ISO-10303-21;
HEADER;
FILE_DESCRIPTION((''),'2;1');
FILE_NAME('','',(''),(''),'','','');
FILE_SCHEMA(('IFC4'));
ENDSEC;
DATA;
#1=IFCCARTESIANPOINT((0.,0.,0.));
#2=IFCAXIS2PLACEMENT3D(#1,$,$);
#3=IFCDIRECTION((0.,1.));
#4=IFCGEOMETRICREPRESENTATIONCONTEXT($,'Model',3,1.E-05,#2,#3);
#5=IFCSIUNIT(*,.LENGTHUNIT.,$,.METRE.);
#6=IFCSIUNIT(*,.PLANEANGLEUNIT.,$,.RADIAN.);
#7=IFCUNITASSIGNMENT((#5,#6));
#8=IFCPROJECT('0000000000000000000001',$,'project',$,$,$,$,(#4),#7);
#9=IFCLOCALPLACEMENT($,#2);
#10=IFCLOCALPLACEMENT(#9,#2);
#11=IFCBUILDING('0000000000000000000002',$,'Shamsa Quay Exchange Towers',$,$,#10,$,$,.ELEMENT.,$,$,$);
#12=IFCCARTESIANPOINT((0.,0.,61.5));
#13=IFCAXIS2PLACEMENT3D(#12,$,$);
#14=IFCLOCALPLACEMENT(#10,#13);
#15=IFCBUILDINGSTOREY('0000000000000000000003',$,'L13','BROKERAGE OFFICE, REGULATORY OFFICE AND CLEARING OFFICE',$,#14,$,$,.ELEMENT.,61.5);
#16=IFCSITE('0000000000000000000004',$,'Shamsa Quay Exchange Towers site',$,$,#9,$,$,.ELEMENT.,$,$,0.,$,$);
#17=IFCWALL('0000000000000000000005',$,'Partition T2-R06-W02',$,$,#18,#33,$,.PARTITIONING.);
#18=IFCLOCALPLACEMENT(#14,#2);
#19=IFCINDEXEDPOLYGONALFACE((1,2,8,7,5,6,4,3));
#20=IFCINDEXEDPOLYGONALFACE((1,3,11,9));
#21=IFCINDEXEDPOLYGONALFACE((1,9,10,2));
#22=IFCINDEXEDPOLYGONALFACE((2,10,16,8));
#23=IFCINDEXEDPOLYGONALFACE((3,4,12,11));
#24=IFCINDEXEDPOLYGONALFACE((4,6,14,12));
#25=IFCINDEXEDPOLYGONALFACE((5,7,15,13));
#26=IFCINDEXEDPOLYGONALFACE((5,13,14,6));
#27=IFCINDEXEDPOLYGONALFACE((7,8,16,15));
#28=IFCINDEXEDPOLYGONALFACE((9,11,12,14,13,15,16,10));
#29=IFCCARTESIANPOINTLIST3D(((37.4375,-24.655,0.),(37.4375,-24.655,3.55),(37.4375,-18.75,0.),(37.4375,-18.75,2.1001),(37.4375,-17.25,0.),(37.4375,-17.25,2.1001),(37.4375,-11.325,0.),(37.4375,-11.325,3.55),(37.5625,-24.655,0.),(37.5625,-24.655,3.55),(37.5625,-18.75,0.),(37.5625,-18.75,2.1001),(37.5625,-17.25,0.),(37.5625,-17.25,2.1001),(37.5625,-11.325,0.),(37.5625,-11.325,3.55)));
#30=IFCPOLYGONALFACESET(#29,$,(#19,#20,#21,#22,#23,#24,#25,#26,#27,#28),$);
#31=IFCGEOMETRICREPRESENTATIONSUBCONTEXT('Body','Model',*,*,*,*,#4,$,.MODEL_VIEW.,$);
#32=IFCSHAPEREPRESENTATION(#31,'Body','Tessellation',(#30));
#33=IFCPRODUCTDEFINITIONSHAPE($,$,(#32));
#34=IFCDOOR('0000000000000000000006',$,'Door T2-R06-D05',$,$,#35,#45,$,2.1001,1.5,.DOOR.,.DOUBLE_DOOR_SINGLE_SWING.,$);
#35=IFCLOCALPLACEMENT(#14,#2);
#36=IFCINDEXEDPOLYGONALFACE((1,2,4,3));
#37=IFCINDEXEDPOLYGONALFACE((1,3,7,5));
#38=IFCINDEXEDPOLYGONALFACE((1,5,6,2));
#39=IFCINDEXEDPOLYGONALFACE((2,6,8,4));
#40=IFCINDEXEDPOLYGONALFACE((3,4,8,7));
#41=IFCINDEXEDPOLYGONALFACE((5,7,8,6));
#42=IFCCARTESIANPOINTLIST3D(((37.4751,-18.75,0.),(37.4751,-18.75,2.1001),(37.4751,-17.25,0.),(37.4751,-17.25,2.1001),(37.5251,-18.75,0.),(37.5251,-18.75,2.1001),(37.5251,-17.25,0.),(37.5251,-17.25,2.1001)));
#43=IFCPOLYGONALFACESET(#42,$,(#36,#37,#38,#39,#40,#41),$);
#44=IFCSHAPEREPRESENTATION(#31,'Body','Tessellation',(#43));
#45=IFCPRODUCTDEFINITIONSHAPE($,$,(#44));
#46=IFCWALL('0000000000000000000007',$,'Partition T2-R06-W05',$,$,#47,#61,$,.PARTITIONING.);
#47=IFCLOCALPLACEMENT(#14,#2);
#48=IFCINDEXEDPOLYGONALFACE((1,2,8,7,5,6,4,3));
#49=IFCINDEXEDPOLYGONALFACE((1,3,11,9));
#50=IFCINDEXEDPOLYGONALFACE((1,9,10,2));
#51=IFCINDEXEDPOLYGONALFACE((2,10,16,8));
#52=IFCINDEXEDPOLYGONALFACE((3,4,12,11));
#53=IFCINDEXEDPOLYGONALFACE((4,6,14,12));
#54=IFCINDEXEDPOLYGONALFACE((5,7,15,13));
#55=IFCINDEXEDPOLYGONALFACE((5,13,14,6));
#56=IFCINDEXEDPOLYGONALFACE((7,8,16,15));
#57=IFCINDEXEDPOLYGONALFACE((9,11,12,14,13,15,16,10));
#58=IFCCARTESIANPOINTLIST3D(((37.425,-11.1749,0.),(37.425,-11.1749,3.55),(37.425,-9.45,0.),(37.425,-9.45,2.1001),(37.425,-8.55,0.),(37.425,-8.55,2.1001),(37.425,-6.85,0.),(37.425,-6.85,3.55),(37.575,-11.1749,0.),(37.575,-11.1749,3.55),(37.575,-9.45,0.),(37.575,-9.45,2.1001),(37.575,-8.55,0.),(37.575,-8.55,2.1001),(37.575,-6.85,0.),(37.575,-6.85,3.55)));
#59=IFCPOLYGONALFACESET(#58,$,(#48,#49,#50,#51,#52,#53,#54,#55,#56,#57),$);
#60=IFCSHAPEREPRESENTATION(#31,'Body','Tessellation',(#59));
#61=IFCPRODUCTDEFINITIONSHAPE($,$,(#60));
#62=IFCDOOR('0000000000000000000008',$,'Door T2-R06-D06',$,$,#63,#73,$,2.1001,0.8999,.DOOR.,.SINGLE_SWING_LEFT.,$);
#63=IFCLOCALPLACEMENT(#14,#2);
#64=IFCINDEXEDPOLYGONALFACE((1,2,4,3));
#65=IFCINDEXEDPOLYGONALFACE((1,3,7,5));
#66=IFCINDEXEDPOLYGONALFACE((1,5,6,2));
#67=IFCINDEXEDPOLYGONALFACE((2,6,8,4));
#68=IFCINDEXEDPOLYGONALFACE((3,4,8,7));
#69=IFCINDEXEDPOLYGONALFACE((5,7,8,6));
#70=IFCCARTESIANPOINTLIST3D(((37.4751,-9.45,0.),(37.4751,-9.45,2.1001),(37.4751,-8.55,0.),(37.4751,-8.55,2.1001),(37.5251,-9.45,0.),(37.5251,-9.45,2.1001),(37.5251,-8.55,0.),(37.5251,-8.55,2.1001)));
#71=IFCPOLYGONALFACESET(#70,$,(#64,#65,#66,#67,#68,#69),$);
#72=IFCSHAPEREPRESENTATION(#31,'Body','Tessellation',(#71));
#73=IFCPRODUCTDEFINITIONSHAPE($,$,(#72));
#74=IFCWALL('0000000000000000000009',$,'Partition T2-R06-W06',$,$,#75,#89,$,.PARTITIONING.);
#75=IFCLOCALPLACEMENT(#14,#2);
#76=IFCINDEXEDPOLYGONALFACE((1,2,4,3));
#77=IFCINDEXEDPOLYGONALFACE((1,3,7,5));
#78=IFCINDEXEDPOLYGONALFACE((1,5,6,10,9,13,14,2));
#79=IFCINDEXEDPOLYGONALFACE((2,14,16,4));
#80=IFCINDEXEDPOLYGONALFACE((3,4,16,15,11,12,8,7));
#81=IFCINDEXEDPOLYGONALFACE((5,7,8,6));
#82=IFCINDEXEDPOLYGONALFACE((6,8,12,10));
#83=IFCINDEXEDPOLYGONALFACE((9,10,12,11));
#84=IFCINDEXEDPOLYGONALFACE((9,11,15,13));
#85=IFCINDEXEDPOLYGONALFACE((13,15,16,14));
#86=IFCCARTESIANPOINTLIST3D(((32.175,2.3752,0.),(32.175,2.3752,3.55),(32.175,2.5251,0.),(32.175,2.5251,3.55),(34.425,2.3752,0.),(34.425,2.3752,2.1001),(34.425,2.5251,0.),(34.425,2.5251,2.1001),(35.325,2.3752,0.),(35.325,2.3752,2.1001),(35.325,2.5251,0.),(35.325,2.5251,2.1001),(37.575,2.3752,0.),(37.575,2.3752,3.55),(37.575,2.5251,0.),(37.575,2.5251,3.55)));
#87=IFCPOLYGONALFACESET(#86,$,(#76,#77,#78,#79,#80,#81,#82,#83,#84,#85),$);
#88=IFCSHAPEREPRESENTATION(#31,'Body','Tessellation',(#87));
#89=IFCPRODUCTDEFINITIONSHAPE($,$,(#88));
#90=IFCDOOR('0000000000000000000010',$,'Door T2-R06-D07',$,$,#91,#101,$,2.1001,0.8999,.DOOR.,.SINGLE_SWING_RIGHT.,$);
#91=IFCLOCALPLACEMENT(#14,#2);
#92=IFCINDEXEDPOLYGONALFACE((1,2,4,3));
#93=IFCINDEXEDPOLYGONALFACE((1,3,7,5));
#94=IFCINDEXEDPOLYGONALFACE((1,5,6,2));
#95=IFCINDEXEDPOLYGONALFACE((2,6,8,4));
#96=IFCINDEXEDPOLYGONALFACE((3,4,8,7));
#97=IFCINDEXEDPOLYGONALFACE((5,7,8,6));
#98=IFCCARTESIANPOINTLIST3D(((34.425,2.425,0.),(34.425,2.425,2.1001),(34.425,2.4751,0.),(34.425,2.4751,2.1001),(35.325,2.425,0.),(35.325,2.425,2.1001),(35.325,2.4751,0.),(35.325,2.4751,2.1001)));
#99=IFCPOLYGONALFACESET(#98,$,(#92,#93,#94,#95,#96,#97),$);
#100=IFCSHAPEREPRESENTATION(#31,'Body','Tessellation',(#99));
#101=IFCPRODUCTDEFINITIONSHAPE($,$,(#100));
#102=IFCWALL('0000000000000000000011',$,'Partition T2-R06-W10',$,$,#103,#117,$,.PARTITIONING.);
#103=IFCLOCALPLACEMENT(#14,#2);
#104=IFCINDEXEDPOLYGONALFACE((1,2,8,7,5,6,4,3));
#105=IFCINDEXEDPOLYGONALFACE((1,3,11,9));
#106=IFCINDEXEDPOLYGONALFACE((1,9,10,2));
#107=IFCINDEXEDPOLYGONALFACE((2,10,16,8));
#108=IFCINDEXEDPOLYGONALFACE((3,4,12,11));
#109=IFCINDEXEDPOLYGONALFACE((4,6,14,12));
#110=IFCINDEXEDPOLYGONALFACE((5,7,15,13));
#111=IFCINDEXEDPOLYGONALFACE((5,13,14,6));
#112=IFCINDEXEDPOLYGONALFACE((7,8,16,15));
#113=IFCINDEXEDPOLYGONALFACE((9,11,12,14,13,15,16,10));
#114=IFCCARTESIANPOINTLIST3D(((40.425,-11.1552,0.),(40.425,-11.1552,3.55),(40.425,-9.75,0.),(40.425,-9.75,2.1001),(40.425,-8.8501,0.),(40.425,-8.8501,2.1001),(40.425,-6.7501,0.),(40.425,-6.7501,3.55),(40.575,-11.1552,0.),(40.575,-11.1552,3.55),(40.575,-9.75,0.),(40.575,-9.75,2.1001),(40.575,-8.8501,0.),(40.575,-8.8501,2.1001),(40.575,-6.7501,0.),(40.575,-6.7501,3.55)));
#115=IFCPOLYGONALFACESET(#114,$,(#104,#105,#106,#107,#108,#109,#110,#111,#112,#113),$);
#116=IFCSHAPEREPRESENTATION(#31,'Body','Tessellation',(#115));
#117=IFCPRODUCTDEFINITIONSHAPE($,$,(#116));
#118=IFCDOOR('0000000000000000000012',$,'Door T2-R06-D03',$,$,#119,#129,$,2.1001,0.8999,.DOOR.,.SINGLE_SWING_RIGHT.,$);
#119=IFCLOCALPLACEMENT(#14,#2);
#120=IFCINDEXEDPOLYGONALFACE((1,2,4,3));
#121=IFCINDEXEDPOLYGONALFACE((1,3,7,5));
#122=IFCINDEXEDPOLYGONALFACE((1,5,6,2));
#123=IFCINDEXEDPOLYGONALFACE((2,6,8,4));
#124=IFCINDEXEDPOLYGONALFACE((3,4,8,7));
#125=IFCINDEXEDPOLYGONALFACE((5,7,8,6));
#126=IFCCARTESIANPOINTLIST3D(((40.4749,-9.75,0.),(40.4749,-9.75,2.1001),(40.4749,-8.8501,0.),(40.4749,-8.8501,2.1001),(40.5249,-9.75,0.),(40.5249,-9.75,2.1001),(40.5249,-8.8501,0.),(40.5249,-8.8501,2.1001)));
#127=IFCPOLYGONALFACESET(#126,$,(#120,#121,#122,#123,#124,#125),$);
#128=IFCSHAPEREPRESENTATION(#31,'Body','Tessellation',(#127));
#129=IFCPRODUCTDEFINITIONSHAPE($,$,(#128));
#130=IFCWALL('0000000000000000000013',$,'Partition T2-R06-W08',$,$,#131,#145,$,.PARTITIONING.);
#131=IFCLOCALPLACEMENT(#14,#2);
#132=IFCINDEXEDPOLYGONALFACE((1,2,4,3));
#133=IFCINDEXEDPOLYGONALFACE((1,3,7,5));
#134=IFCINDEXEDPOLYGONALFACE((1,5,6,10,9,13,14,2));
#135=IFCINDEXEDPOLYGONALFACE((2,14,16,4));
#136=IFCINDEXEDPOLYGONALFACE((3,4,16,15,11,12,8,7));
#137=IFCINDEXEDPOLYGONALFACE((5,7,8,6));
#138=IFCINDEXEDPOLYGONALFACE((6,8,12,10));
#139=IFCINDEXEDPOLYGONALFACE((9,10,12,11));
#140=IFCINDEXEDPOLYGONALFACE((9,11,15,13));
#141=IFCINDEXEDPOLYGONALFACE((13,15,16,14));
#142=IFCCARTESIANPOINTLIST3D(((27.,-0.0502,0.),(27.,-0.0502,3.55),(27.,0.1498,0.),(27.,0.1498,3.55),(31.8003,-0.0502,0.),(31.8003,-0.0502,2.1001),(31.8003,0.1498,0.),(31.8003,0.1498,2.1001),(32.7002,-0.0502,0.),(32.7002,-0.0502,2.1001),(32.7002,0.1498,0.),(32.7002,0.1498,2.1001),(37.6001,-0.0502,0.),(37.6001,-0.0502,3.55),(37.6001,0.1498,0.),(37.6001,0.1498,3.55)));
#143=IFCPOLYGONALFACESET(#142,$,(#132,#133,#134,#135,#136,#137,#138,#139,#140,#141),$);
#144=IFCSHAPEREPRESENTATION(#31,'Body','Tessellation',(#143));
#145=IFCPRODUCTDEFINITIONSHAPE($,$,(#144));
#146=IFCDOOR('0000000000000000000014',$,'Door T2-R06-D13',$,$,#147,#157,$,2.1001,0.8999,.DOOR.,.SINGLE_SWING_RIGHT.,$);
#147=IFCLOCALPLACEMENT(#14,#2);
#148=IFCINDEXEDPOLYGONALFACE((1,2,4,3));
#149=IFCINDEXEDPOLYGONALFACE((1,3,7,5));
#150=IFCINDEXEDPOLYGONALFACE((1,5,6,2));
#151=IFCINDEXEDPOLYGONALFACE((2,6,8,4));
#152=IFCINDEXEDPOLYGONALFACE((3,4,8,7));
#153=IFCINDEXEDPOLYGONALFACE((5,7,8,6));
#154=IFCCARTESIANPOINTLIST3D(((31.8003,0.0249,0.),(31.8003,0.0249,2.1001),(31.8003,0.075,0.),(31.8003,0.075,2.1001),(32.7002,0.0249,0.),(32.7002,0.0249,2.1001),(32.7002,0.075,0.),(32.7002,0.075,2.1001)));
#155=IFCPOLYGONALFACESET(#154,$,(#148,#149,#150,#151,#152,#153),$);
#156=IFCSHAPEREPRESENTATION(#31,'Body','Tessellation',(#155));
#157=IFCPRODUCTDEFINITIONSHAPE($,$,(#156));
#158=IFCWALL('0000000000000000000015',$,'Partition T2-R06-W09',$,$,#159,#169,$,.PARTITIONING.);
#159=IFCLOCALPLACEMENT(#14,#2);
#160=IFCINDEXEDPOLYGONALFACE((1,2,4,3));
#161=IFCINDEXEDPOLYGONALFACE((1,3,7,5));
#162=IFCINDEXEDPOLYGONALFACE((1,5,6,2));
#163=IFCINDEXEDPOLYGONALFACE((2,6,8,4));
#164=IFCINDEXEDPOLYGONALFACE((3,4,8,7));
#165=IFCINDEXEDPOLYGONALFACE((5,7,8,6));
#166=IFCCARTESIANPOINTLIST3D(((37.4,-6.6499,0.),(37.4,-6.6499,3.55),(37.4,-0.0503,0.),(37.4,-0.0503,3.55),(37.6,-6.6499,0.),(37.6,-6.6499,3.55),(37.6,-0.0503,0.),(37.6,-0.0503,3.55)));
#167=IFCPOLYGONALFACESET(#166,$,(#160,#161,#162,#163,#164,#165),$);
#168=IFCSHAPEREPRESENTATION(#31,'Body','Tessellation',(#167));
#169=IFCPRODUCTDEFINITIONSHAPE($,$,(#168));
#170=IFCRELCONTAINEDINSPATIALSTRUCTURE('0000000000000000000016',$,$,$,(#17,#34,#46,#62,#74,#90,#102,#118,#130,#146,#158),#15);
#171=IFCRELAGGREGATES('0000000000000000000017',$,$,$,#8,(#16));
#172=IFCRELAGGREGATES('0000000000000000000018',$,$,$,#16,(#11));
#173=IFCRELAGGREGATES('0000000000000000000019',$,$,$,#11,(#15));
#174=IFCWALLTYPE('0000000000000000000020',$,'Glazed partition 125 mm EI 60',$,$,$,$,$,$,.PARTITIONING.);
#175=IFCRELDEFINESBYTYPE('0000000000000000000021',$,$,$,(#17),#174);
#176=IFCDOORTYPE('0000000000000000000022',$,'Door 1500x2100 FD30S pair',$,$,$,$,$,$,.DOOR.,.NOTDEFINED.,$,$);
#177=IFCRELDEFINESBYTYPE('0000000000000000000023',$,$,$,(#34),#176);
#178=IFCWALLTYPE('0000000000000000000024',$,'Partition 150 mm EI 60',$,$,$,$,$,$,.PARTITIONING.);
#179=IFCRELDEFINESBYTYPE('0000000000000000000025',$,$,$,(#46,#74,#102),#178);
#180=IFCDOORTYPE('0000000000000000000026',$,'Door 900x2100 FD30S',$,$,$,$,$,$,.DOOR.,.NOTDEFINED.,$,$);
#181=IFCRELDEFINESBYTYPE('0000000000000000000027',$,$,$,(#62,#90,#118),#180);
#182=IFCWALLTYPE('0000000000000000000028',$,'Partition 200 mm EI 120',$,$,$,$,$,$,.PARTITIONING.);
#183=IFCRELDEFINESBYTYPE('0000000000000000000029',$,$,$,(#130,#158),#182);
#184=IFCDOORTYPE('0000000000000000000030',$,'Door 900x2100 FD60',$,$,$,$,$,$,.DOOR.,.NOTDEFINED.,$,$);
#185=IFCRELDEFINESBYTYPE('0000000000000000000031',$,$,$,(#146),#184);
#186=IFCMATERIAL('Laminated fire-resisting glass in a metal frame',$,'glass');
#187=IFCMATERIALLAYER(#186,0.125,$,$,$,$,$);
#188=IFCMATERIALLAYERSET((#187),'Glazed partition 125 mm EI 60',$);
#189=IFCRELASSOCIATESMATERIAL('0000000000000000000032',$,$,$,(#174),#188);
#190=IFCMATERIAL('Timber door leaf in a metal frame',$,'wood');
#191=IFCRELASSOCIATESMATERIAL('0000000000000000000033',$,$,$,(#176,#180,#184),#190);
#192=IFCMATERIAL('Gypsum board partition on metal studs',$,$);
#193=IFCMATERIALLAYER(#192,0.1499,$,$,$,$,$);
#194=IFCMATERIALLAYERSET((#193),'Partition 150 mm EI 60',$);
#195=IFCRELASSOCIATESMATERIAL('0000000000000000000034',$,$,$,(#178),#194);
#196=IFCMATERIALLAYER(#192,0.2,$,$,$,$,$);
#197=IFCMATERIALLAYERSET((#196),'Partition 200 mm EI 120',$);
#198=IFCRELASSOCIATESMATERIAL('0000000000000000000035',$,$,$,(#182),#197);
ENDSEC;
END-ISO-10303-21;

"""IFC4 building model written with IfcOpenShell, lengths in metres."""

from ifc_helpers import new_model, si_unit, direction, frame, frame_2d, origin, place, context, subcontext, project, spatial, rectangle, extrude, material, layer, layer_set, type_object, element, fill, save


model = new_model("IFC4")

# Units and contexts
model_context = context("Model", 3, precision=1e-05, world=origin(), true_north=direction((0.0, 1.0)))
body_context = subcontext(model_context, "Body", "Model", "MODEL_VIEW")
ifc_project = project(units=[si_unit("LENGTHUNIT", "METRE"), si_unit("PLANEANGLEUNIT", "RADIAN")], contexts=[model_context])

# Site, building, storey
site_placement = place(None, origin())
site = spatial("IfcSite", under=ifc_project, at=site_placement, Name="Shamsa Quay Exchange Towers site", CompositionType="ELEMENT", RefElevation=0.0)
building_placement = place(site_placement, origin())
building = spatial("IfcBuilding", under=site, at=building_placement, Name="Shamsa Quay Exchange Towers", CompositionType="ELEMENT")
storey_placement = place(building_placement, frame((0.0, 0.0, 61.5)))
storey = spatial("IfcBuildingStorey", under=building, at=storey_placement, Name="L13", Description="BROKERAGE OFFICE, REGULATORY OFFICE AND CLEARING OFFICE", CompositionType="ELEMENT", Elevation=61.5)

# Walls, openings, doors
ifc_material_1 = material(Name="Laminated fire-resisting glass in a metal frame", Category="glass")
ifc_layer_1 = layer(ifc_material_1, 0.125)
ifc_layer_set_1 = layer_set([ifc_layer_1], Name="Glazed partition 125 mm EI 60")
wall_type_1 = type_object("IfcWallType", Name="Glazed partition 125 mm EI 60", PredefinedType="PARTITIONING", material=ifc_layer_set_1)
wall_1_placement = place(storey_placement, frame((37.5, -24.655, 0.0), z_axis=(0.0, 0.0, 1.0), x_axis=(0.0, 1.0, 0.0)))
wall_1 = element("IfcWall", 1, at=wall_1_placement, inside=storey, type_object=wall_type_1, Name="Partition T2-R06-W02", PredefinedType="PARTITIONING", context=body_context, shape_type="SweptSolid", body=[
    extrude(rectangle(XDim=13.3301, YDim=0.125, at=frame_2d((6.665, 0.0))), origin(), (0.0, 0.0, 1.0), 3.55),
])
opening_1_placement = place(wall_1_placement, frame((5.905, 0.0, 0.0)))
opening_1 = element("IfcOpeningElement", 2, at=opening_1_placement, cuts=wall_1, PredefinedType="OPENING", context=body_context, shape_type="SweptSolid", body=[
    extrude(rectangle(XDim=1.5, YDim=2.1001, at=frame_2d((0.75, 1.05))), frame((0.0, 0.0725, 0.0), z_axis=(0.0, -1.0, 0.0), x_axis=(1.0, 0.0, 0.0)), (0.0, 0.0, 1.0), 0.145),
])
ifc_material_2 = material(Name="Timber door leaf in a metal frame", Category="wood")
door_type_1 = type_object("IfcDoorType", Name="Door 1500x2100 FD30S pair", OperationType="NOTDEFINED", PredefinedType="DOOR", material=ifc_material_2)
door_1_placement = place(opening_1_placement, origin())
door_1 = element("IfcDoor", 3, at=door_1_placement, inside=storey, type_object=door_type_1, Name="Door T2-R06-D05", OperationType="DOUBLE_DOOR_SINGLE_SWING", OverallHeight=2.1001, OverallWidth=1.5, PredefinedType="DOOR", context=body_context, shape_type="SweptSolid", body=[
    extrude(rectangle(XDim=1.5, YDim=2.1001, at=frame_2d((0.75, 1.05))), frame((0.0, 0.0249, 0.0), z_axis=(0.0, -1.0, 0.0), x_axis=(1.0, 0.0, 0.0)), (0.0, 0.0, 1.0), 0.05),
])
fill(opening_1, door_1)
ifc_material_3 = material(Name="Gypsum board partition on metal studs")
ifc_layer_2 = layer(ifc_material_3, 0.1499)
ifc_layer_set_2 = layer_set([ifc_layer_2], Name="Partition 150 mm EI 60")
wall_type_2 = type_object("IfcWallType", Name="Partition 150 mm EI 60", PredefinedType="PARTITIONING", material=ifc_layer_set_2)
wall_2_placement = place(storey_placement, frame((37.5, -11.175, 0.0), z_axis=(0.0, 0.0, 1.0), x_axis=(0.0, 1.0, 0.0)))
wall_2 = element("IfcWall", 4, at=wall_2_placement, inside=storey, type_object=wall_type_2, Name="Partition T2-R06-W05", PredefinedType="PARTITIONING", context=body_context, shape_type="SweptSolid", body=[
    extrude(rectangle(XDim=4.325, YDim=0.1499, at=frame_2d((2.1626, 0.0))), origin(), (0.0, 0.0, 1.0), 3.55),
])
opening_2_placement = place(wall_2_placement, frame((1.7251, 0.0, 0.0)))
opening_2 = element("IfcOpeningElement", 5, at=opening_2_placement, cuts=wall_2, PredefinedType="OPENING", context=body_context, shape_type="SweptSolid", body=[
    extrude(rectangle(XDim=0.8999, YDim=2.1001, at=frame_2d((0.45, 1.05))), frame((0.0, 0.085, 0.0), z_axis=(0.0, -1.0, 0.0), x_axis=(1.0, 0.0, 0.0)), (0.0, 0.0, 1.0), 0.1699),
])
door_type_2 = type_object("IfcDoorType", Name="Door 900x2100 FD30S", OperationType="NOTDEFINED", PredefinedType="DOOR", material=ifc_material_2)
door_2_placement = place(opening_2_placement, origin())
door_2 = element("IfcDoor", 6, at=door_2_placement, inside=storey, type_object=door_type_2, Name="Door T2-R06-D06", OperationType="SINGLE_SWING_LEFT", OverallHeight=2.1001, OverallWidth=0.8999, PredefinedType="DOOR", context=body_context, shape_type="SweptSolid", body=[
    extrude(rectangle(XDim=0.8999, YDim=2.1001, at=frame_2d((0.45, 1.05))), frame((0.0, 0.0249, 0.0), z_axis=(0.0, -1.0, 0.0), x_axis=(1.0, 0.0, 0.0)), (0.0, 0.0, 1.0), 0.05),
])
fill(opening_2, door_2)
wall_3_placement = place(storey_placement, frame((32.175, 2.4502, 0.0)))
wall_3 = element("IfcWall", 7, at=wall_3_placement, inside=storey, type_object=wall_type_2, Name="Partition T2-R06-W06", PredefinedType="PARTITIONING", context=body_context, shape_type="SweptSolid", body=[
    extrude(rectangle(XDim=5.3999, YDim=0.1499, at=frame_2d((2.7, 0.0))), origin(), (0.0, 0.0, 1.0), 3.55),
])
opening_3_placement = place(wall_3_placement, frame((2.25, 0.0, 0.0)))
opening_3 = element("IfcOpeningElement", 8, at=opening_3_placement, cuts=wall_3, PredefinedType="OPENING", context=body_context, shape_type="SweptSolid", body=[
    extrude(rectangle(XDim=0.8999, YDim=2.1001, at=frame_2d((0.45, 1.05))), frame((0.0, 0.085, 0.0), z_axis=(0.0, -1.0, 0.0), x_axis=(1.0, 0.0, 0.0)), (0.0, 0.0, 1.0), 0.1699),
])
door_3_placement = place(opening_3_placement, origin())
door_3 = element("IfcDoor", 9, at=door_3_placement, inside=storey, type_object=door_type_2, Name="Door T2-R06-D07", OperationType="SINGLE_SWING_RIGHT", OverallHeight=2.1001, OverallWidth=0.8999, PredefinedType="DOOR", context=body_context, shape_type="SweptSolid", body=[
    extrude(rectangle(XDim=0.8999, YDim=2.1001, at=frame_2d((0.45, 1.05))), frame((0.0, 0.0249, 0.0), z_axis=(0.0, -1.0, 0.0), x_axis=(1.0, 0.0, 0.0)), (0.0, 0.0, 1.0), 0.05),
])
fill(opening_3, door_3)
wall_4_placement = place(storey_placement, frame((40.5, -6.75, 0.0), z_axis=(0.0, 0.0, 1.0), x_axis=(0.0, -1.0, 0.0)))
wall_4 = element("IfcWall", 10, at=wall_4_placement, inside=storey, type_object=wall_type_2, Name="Partition T2-R06-W10", PredefinedType="PARTITIONING", context=body_context, shape_type="SweptSolid", body=[
    extrude(rectangle(XDim=4.405, YDim=0.1499, at=frame_2d((2.2026, 0.0))), origin(), (0.0, 0.0, 1.0), 3.55),
])
opening_4_placement = place(wall_4_placement, frame((2.1001, 0.0, 0.0)))
opening_4 = element("IfcOpeningElement", 11, at=opening_4_placement, cuts=wall_4, PredefinedType="OPENING", context=body_context, shape_type="SweptSolid", body=[
    extrude(rectangle(XDim=0.8999, YDim=2.1001, at=frame_2d((0.45, 1.05))), frame((0.0, 0.085, 0.0), z_axis=(0.0, -1.0, 0.0), x_axis=(1.0, 0.0, 0.0)), (0.0, 0.0, 1.0), 0.1699),
])
door_4_placement = place(opening_4_placement, origin())
door_4 = element("IfcDoor", 12, at=door_4_placement, inside=storey, type_object=door_type_2, Name="Door T2-R06-D03", OperationType="SINGLE_SWING_RIGHT", OverallHeight=2.1001, OverallWidth=0.8999, PredefinedType="DOOR", context=body_context, shape_type="SweptSolid", body=[
    extrude(rectangle(XDim=0.8999, YDim=2.1001, at=frame_2d((0.45, 1.05))), frame((0.0, 0.0249, 0.0), z_axis=(0.0, -1.0, 0.0), x_axis=(1.0, 0.0, 0.0)), (0.0, 0.0, 1.0), 0.05),
])
fill(opening_4, door_4)
ifc_layer_3 = layer(ifc_material_3, 0.2)
ifc_layer_set_3 = layer_set([ifc_layer_3], Name="Partition 200 mm EI 120")
wall_type_3 = type_object("IfcWallType", Name="Partition 200 mm EI 120", PredefinedType="PARTITIONING", material=ifc_layer_set_3)
wall_5_placement = place(storey_placement, frame((37.6001, 0.0498, 0.0), z_axis=(0.0, 0.0, 1.0), x_axis=(-1.0, 0.0, 0.0)))
wall_5 = element("IfcWall", 13, at=wall_5_placement, inside=storey, type_object=wall_type_3, Name="Partition T2-R06-W08", PredefinedType="PARTITIONING", context=body_context, shape_type="SweptSolid", body=[
    extrude(rectangle(XDim=10.6001, YDim=0.2, at=frame_2d((5.3, 0.0))), origin(), (0.0, 0.0, 1.0), 3.55),
])
opening_5_placement = place(wall_5_placement, frame((4.8999, 0.0, 0.0)))
opening_5 = element("IfcOpeningElement", 14, at=opening_5_placement, cuts=wall_5, PredefinedType="OPENING", context=body_context, shape_type="SweptSolid", body=[
    extrude(rectangle(XDim=0.8999, YDim=2.1001, at=frame_2d((0.45, 1.05))), frame((0.0, 0.1099, 0.0), z_axis=(0.0, -1.0, 0.0), x_axis=(1.0, 0.0, 0.0)), (0.0, 0.0, 1.0), 0.22),
])
door_type_3 = type_object("IfcDoorType", Name="Door 900x2100 FD60", OperationType="NOTDEFINED", PredefinedType="DOOR", material=ifc_material_2)
door_5_placement = place(opening_5_placement, origin())
door_5 = element("IfcDoor", 15, at=door_5_placement, inside=storey, type_object=door_type_3, Name="Door T2-R06-D13", OperationType="SINGLE_SWING_RIGHT", OverallHeight=2.1001, OverallWidth=0.8999, PredefinedType="DOOR", context=body_context, shape_type="SweptSolid", body=[
    extrude(rectangle(XDim=0.8999, YDim=2.1001, at=frame_2d((0.45, 1.05))), frame((0.0, 0.0249, 0.0), z_axis=(0.0, -1.0, 0.0), x_axis=(1.0, 0.0, 0.0)), (0.0, 0.0, 1.0), 0.05),
])
fill(opening_5, door_5)

# Wall
wall_6_placement = place(storey_placement, frame((37.5, -6.6499, 0.0), z_axis=(0.0, 0.0, 1.0), x_axis=(0.0, 1.0, 0.0)))
element("IfcWall", 16, at=wall_6_placement, inside=storey, type_object=wall_type_3, Name="Partition T2-R06-W09", PredefinedType="PARTITIONING", context=body_context, shape_type="SweptSolid", body=[
    extrude(rectangle(XDim=6.5996, YDim=0.2, at=frame_2d((3.2998, 0.0))), origin(), (0.0, 0.0, 1.0), 3.55),
])

save(model, "model.ifc")
